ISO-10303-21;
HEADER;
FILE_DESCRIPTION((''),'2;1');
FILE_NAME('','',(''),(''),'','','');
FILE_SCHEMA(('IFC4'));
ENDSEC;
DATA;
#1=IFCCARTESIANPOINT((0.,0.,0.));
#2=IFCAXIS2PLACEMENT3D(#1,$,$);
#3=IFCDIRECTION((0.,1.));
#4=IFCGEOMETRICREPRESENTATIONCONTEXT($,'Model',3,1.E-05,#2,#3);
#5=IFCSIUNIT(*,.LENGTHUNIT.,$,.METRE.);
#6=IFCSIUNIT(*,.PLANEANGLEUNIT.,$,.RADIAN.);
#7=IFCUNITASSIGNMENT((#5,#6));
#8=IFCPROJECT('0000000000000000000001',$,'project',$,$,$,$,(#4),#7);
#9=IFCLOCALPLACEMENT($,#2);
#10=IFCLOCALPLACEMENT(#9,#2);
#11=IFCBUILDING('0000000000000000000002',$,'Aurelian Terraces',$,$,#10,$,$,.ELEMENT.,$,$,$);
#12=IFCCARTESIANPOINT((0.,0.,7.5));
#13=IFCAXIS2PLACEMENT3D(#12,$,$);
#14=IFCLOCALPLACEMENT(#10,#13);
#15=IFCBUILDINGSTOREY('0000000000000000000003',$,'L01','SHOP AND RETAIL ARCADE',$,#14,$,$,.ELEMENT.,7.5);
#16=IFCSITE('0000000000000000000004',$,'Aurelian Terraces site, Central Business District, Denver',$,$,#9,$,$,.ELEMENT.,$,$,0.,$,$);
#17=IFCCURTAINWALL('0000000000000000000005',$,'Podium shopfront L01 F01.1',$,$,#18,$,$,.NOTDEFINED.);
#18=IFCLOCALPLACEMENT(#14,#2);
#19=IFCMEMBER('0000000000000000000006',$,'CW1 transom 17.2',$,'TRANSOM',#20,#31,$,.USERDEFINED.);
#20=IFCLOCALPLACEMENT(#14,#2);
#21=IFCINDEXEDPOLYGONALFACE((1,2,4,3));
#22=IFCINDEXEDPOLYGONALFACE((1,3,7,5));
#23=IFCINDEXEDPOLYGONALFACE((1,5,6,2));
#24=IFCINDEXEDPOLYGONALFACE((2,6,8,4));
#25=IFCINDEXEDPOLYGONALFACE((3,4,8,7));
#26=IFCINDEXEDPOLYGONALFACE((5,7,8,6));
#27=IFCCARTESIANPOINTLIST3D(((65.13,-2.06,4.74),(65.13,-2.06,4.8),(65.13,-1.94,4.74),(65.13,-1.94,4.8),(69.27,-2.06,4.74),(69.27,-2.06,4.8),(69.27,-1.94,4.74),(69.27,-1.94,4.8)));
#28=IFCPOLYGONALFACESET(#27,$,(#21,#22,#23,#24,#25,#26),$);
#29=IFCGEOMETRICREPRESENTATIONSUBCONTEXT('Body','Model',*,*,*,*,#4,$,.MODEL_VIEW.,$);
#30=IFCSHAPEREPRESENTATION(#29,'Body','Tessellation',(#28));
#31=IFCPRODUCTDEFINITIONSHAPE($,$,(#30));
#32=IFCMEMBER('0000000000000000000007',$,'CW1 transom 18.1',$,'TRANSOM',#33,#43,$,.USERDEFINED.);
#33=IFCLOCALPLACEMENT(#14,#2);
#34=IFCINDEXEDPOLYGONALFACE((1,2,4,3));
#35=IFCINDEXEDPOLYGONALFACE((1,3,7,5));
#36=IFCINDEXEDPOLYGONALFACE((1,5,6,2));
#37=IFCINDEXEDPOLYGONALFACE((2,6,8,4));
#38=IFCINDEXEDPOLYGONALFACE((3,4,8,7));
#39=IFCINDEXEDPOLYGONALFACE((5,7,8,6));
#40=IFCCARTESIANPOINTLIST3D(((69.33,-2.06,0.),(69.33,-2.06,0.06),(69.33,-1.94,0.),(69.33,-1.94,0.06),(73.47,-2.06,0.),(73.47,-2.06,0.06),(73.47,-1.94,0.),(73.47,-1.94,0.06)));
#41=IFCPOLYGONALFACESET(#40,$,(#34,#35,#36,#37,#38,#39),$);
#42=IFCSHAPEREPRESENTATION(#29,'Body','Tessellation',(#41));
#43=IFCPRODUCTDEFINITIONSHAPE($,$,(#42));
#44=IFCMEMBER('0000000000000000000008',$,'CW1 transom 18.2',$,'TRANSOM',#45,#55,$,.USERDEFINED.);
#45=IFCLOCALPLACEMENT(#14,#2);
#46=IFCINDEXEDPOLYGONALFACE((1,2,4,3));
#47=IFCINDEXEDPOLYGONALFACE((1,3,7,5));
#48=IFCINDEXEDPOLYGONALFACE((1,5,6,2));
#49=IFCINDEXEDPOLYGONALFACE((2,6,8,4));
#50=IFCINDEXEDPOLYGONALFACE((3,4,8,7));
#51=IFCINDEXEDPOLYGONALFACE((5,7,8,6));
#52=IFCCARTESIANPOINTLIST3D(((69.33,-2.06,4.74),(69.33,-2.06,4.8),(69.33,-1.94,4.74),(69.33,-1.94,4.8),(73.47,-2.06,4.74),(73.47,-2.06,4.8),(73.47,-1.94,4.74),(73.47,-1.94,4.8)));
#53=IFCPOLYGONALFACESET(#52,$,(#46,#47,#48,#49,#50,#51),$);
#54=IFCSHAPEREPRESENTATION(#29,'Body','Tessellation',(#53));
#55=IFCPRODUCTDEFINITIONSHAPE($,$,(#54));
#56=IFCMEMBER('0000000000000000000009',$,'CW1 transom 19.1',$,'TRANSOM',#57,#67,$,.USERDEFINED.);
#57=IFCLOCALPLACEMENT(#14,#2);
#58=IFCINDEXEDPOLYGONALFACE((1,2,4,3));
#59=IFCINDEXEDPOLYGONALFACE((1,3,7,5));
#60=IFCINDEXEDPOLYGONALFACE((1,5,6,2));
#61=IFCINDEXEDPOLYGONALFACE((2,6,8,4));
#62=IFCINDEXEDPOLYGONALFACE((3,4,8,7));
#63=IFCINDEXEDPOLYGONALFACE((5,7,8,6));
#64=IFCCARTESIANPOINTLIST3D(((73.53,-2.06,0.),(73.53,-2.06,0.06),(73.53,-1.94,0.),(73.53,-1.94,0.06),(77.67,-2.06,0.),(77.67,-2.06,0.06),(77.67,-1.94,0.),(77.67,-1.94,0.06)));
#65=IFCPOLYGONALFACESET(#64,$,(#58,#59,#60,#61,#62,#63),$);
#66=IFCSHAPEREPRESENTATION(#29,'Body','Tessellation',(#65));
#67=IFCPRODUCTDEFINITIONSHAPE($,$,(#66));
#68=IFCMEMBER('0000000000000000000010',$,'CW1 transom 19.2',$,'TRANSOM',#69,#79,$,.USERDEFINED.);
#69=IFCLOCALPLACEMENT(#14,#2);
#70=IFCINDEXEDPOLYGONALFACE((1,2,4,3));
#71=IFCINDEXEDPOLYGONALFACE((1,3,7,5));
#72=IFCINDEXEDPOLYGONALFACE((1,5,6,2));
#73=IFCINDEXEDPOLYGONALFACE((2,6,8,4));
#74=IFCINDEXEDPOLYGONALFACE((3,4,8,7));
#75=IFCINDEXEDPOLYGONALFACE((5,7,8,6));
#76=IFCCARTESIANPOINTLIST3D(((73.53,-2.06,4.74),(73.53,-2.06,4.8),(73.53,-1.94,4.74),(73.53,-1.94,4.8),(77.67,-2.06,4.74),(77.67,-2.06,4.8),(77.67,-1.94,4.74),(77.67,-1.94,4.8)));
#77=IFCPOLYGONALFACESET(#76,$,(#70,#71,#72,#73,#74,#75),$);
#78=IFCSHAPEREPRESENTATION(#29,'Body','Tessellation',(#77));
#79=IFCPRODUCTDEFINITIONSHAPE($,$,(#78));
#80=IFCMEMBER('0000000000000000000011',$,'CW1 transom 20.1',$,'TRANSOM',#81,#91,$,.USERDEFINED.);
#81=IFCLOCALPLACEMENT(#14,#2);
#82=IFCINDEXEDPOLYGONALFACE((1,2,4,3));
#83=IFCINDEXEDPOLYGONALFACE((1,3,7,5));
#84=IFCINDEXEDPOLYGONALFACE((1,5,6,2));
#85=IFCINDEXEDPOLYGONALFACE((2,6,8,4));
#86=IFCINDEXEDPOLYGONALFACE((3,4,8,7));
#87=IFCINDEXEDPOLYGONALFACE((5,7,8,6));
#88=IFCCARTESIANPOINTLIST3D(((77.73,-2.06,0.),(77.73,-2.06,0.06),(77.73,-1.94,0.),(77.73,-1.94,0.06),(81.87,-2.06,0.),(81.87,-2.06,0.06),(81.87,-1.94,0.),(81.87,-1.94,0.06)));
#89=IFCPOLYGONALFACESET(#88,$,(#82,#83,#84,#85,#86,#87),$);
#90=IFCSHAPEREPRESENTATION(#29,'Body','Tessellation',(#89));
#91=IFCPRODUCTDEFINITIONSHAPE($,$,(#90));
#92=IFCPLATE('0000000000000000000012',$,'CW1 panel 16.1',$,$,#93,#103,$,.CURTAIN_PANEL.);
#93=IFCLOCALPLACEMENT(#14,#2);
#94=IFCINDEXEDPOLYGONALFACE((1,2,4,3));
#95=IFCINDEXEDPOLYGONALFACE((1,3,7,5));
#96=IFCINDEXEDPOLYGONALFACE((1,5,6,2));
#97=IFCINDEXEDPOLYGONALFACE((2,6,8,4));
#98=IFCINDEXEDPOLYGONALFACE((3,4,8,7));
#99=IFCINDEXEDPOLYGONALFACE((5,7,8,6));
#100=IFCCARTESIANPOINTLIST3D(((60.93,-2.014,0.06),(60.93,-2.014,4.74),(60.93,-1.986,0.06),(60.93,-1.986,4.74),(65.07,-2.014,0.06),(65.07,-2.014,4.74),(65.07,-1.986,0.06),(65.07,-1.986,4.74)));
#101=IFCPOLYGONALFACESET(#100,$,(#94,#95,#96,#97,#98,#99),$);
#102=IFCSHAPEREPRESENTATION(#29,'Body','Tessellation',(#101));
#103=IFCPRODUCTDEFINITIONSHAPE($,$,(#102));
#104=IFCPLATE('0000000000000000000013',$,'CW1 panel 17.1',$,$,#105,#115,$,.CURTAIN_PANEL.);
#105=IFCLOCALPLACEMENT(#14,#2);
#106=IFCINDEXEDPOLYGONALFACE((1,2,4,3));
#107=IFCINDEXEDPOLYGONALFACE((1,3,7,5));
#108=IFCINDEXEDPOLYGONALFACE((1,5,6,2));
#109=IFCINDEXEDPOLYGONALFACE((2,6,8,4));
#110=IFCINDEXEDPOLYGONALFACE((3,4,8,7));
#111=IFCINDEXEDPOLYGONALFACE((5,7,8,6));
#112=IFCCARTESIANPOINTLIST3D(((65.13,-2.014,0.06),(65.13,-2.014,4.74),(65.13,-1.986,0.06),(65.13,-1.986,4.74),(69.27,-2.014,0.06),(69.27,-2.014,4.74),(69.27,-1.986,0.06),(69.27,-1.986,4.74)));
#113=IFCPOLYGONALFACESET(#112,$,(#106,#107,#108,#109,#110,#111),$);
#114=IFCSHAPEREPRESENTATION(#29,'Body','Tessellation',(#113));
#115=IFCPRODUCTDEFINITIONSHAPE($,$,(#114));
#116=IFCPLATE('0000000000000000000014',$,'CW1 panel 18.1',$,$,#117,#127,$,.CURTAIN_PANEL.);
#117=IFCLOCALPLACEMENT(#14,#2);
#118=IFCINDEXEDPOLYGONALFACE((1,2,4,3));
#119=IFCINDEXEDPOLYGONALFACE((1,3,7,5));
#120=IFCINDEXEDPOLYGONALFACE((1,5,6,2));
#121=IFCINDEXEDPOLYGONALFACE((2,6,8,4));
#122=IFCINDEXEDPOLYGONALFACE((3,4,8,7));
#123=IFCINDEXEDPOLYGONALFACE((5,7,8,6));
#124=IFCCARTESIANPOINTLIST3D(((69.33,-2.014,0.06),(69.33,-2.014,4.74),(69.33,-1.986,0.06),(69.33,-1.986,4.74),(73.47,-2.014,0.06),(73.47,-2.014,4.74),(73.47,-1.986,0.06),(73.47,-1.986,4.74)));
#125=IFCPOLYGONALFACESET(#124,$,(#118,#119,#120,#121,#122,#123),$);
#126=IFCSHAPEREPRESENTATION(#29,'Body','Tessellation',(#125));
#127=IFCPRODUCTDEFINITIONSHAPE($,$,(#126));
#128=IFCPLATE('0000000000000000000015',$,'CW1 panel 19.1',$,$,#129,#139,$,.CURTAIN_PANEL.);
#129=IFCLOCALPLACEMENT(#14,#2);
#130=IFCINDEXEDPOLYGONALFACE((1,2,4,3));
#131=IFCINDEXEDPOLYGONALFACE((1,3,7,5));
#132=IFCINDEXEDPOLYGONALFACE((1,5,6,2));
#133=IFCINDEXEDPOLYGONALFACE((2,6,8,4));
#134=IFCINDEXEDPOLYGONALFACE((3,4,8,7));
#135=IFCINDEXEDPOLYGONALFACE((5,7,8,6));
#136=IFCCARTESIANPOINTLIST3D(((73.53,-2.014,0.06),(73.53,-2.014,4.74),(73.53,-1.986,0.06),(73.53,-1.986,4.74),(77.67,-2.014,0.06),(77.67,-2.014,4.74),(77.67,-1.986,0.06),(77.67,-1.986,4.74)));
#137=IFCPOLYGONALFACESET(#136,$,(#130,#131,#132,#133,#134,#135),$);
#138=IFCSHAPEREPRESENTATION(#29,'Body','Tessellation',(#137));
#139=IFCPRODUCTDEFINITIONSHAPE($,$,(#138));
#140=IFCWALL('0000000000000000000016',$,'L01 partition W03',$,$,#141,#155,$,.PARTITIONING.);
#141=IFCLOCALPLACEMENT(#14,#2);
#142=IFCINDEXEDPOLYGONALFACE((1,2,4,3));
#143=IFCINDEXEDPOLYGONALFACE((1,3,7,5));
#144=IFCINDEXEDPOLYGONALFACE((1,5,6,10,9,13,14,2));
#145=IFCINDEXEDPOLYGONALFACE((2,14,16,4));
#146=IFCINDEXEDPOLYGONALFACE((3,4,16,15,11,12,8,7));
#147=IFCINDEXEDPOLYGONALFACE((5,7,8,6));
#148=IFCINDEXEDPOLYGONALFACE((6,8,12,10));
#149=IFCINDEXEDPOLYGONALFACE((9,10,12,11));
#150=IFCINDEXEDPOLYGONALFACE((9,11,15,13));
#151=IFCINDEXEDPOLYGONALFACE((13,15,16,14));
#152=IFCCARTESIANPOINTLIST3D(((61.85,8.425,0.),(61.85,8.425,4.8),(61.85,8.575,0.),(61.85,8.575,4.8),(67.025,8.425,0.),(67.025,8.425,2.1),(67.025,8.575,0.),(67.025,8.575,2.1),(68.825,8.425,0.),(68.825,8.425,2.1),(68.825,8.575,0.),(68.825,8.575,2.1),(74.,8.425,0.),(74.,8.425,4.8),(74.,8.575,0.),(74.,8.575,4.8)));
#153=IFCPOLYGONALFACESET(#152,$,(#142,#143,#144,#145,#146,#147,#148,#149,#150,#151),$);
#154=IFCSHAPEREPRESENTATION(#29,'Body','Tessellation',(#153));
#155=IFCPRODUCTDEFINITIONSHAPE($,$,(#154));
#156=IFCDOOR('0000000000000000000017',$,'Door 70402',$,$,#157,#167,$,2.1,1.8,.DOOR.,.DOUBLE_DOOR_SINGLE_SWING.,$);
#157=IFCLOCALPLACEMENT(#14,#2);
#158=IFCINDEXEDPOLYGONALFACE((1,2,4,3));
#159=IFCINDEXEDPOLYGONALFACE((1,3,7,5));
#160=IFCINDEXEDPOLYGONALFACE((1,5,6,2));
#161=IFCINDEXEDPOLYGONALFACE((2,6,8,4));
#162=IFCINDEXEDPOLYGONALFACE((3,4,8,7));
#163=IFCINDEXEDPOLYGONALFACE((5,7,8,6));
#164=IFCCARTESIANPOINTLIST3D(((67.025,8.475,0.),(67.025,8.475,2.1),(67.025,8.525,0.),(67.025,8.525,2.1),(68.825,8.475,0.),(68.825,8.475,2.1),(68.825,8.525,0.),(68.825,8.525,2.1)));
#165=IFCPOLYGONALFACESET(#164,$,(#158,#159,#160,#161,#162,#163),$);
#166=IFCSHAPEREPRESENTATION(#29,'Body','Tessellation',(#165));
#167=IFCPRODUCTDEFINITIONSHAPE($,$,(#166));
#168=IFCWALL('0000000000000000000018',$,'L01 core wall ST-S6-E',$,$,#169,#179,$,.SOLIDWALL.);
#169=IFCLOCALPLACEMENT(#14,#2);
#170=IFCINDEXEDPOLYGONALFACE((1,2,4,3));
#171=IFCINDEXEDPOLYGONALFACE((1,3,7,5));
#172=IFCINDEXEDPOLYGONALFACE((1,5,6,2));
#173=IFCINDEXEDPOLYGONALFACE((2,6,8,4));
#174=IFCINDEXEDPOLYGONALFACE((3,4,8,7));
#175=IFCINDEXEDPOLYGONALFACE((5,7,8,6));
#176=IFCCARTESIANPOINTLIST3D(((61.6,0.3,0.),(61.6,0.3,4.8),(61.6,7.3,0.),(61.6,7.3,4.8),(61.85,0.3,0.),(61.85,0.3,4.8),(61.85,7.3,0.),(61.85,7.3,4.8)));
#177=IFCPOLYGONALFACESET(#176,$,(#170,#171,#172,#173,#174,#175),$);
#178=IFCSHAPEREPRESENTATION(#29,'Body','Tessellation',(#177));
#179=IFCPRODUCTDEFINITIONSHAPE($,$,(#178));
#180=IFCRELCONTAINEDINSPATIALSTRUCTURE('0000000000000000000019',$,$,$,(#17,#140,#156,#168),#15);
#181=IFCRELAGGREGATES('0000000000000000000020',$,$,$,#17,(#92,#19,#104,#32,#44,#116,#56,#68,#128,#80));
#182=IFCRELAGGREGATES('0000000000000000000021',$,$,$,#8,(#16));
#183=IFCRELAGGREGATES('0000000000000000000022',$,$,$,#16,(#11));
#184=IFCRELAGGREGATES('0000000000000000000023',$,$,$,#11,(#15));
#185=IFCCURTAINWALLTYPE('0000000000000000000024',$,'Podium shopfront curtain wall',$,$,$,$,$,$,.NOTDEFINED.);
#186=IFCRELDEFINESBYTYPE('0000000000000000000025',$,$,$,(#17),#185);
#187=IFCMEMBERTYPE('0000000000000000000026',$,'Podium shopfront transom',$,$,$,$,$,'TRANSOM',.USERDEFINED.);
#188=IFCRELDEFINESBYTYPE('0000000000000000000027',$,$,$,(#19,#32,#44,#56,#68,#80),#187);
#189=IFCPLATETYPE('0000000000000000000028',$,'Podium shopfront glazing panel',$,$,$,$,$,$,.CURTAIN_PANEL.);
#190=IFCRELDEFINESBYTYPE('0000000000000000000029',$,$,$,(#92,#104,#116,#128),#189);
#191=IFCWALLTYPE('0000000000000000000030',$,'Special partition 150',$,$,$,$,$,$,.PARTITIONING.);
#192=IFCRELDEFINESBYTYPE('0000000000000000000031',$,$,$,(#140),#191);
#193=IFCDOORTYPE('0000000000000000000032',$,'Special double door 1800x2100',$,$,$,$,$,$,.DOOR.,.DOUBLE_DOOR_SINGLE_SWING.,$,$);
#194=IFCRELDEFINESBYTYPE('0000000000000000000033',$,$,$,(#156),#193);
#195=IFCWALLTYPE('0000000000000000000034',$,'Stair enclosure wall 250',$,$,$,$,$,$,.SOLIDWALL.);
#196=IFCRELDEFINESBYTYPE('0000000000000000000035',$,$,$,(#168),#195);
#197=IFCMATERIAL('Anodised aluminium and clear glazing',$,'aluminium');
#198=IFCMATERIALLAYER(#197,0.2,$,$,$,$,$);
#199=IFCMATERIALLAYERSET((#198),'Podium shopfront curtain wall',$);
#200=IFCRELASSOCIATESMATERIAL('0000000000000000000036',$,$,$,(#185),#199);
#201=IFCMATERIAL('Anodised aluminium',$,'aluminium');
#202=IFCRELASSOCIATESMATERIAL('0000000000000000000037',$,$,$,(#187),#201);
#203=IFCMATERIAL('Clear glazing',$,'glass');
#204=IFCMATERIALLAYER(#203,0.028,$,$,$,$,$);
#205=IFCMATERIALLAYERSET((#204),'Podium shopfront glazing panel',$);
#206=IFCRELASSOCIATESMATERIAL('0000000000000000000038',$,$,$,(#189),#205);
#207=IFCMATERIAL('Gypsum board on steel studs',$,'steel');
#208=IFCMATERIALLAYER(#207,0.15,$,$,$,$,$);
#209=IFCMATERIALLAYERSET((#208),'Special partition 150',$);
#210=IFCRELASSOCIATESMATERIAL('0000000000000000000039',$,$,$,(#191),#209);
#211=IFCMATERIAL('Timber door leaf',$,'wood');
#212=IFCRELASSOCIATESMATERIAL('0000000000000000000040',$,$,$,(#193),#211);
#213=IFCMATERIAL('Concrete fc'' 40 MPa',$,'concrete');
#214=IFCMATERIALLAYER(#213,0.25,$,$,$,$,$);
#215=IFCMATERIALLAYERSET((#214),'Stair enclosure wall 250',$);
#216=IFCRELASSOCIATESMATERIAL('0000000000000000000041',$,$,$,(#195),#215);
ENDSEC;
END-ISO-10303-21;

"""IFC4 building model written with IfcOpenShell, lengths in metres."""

from ifc_helpers import new_model, si_unit, direction, frame, frame_2d, origin, origin_2d, place, context, subcontext, project, spatial, rectangle, extrude, source, transform, mapped, material, layer, layer_set, material_profile, profile_set, type_object, element, fill, aggregate, save


model = new_model("IFC4")

# Units and contexts
model_context = context("Model", 3, precision=1e-05, world=origin(), true_north=direction((0.0, 1.0)))
body_context = subcontext(model_context, "Body", "Model", "MODEL_VIEW")
ifc_project = project(units=[si_unit("LENGTHUNIT", "METRE"), si_unit("PLANEANGLEUNIT", "RADIAN")], contexts=[model_context])

# Site, building, storey
site_placement = place(None, origin())
site = spatial("IfcSite", under=ifc_project, at=site_placement, Name="Aurelian Terraces site, Central Business District, Denver", CompositionType="ELEMENT", RefElevation=0.0)
building_placement = place(site_placement, origin())
building = spatial("IfcBuilding", under=site, at=building_placement, Name="Aurelian Terraces", CompositionType="ELEMENT")
storey_placement = place(building_placement, frame((0.0, 0.0, 7.5)))
storey = spatial("IfcBuildingStorey", under=building, at=storey_placement, Name="L01", Description="SHOP AND RETAIL ARCADE", CompositionType="ELEMENT", Elevation=7.5)

# Curtain wall, members, plates
ifc_material_1 = material(Name="Anodised aluminium and clear glazing", Category="aluminium")
ifc_layer_1 = layer(ifc_material_1, 0.2)
ifc_layer_set_1 = layer_set([ifc_layer_1], Name="Podium shopfront curtain wall")
curtain_wall_type = type_object("IfcCurtainWallType", Name="Podium shopfront curtain wall", PredefinedType="NOTDEFINED", material=ifc_layer_set_1)
curtain_wall_placement = place(storey_placement, origin())
curtain_wall = element("IfcCurtainWall", 1, at=curtain_wall_placement, inside=storey, type_object=curtain_wall_type, Name="Podium shopfront L01 F01.1", PredefinedType="NOTDEFINED")
ifc_material_2 = material(Name="Anodised aluminium", Category="aluminium")
ifc_material_profile_1 = material_profile(ifc_material_2, rectangle(XDim=0.12, YDim=0.06, at=origin_2d()))
ifc_profile_set_1 = profile_set([ifc_material_profile_1], Name="Anodised aluminium")
member_type_1 = type_object("IfcMemberType", Name="Podium shopfront transom", ElementType="TRANSOM", PredefinedType="USERDEFINED", material=ifc_profile_set_1)
shared_shape_1 = source(origin(), body_context, "Body", "SweptSolid", [
    extrude(rectangle(XDim=0.12, YDim=0.06, at=origin_2d()), origin(), (0.0, 0.0, 1.0), 4.14),
])
member_1_placement = place(storey_placement, frame((65.13, -2.0, 4.77), z_axis=(1.0, 0.0, 0.0), x_axis=(0.0, 1.0, 0.0)))
member_1 = element("IfcMember", 2, at=member_1_placement, type_object=member_type_1, Name="CW1 transom 17.2", ObjectType="TRANSOM", PredefinedType="USERDEFINED", context=body_context, shape_type="MappedRepresentation", body=[
    mapped(shared_shape_1, transform((0.0, 0.0, 0.0), scale=1.0)),
])
member_2_placement = place(storey_placement, frame((69.33, -2.0, 0.03), z_axis=(1.0, 0.0, 0.0), x_axis=(0.0, 1.0, 0.0)))
member_2 = element("IfcMember", 3, at=member_2_placement, type_object=member_type_1, Name="CW1 transom 18.1", ObjectType="TRANSOM", PredefinedType="USERDEFINED", context=body_context, shape_type="MappedRepresentation", body=[
    mapped(shared_shape_1, transform((0.0, 0.0, 0.0), scale=1.0)),
])
member_3_placement = place(storey_placement, frame((69.33, -2.0, 4.77), z_axis=(1.0, 0.0, 0.0), x_axis=(0.0, 1.0, 0.0)))
member_3 = element("IfcMember", 4, at=member_3_placement, type_object=member_type_1, Name="CW1 transom 18.2", ObjectType="TRANSOM", PredefinedType="USERDEFINED", context=body_context, shape_type="MappedRepresentation", body=[
    mapped(shared_shape_1, transform((0.0, 0.0, 0.0), scale=1.0)),
])
member_4_placement = place(storey_placement, frame((73.53, -2.0, 0.03), z_axis=(1.0, 0.0, 0.0), x_axis=(0.0, 1.0, 0.0)))
member_4 = element("IfcMember", 5, at=member_4_placement, type_object=member_type_1, Name="CW1 transom 19.1", ObjectType="TRANSOM", PredefinedType="USERDEFINED", context=body_context, shape_type="MappedRepresentation", body=[
    mapped(shared_shape_1, transform((0.0, 0.0, 0.0), scale=1.0)),
])
member_5_placement = place(storey_placement, frame((73.53, -2.0, 4.77), z_axis=(1.0, 0.0, 0.0), x_axis=(0.0, 1.0, 0.0)))
member_5 = element("IfcMember", 6, at=member_5_placement, type_object=member_type_1, Name="CW1 transom 19.2", ObjectType="TRANSOM", PredefinedType="USERDEFINED", context=body_context, shape_type="MappedRepresentation", body=[
    mapped(shared_shape_1, transform((0.0, 0.0, 0.0), scale=1.0)),
])
member_6_placement = place(storey_placement, frame((77.73, -2.0, 0.03), z_axis=(1.0, 0.0, 0.0), x_axis=(0.0, 1.0, 0.0)))
member_6 = element("IfcMember", 7, at=member_6_placement, type_object=member_type_1, Name="CW1 transom 20.1", ObjectType="TRANSOM", PredefinedType="USERDEFINED", context=body_context, shape_type="MappedRepresentation", body=[
    mapped(shared_shape_1, transform((0.0, 0.0, 0.0), scale=1.0)),
])
ifc_material_3 = material(Name="Clear glazing", Category="glass")
ifc_layer_2 = layer(ifc_material_3, 0.028)
ifc_layer_set_2 = layer_set([ifc_layer_2], Name="Podium shopfront glazing panel")
plate_type = type_object("IfcPlateType", Name="Podium shopfront glazing panel", PredefinedType="CURTAIN_PANEL", material=ifc_layer_set_2)
shared_shape_2 = source(origin(), body_context, "Body", "SweptSolid", [
    extrude(rectangle(XDim=4.14, YDim=0.028, at=origin_2d()), origin(), (0.0, 0.0, 1.0), 4.68),
])
plate_1_placement = place(storey_placement, frame((63.0, -2.0, 0.06), z_axis=(0.0, 0.0, 1.0), x_axis=(1.0, 0.0, 0.0)))
plate_1 = element("IfcPlate", 8, at=plate_1_placement, type_object=plate_type, Name="CW1 panel 16.1", PredefinedType="CURTAIN_PANEL", context=body_context, shape_type="MappedRepresentation", body=[
    mapped(shared_shape_2, transform((0.0, 0.0, 0.0), scale=1.0)),
])
plate_2_placement = place(storey_placement, frame((67.2, -2.0, 0.06), z_axis=(0.0, 0.0, 1.0), x_axis=(1.0, 0.0, 0.0)))
plate_2 = element("IfcPlate", 9, at=plate_2_placement, type_object=plate_type, Name="CW1 panel 17.1", PredefinedType="CURTAIN_PANEL", context=body_context, shape_type="MappedRepresentation", body=[
    mapped(shared_shape_2, transform((0.0, 0.0, 0.0), scale=1.0)),
])
plate_3_placement = place(storey_placement, frame((71.4, -2.0, 0.06), z_axis=(0.0, 0.0, 1.0), x_axis=(1.0, 0.0, 0.0)))
plate_3 = element("IfcPlate", 10, at=plate_3_placement, type_object=plate_type, Name="CW1 panel 18.1", PredefinedType="CURTAIN_PANEL", context=body_context, shape_type="MappedRepresentation", body=[
    mapped(shared_shape_2, transform((0.0, 0.0, 0.0), scale=1.0)),
])
plate_4_placement = place(storey_placement, frame((75.6, -2.0, 0.06), z_axis=(0.0, 0.0, 1.0), x_axis=(1.0, 0.0, 0.0)))
plate_4 = element("IfcPlate", 11, at=plate_4_placement, type_object=plate_type, Name="CW1 panel 19.1", PredefinedType="CURTAIN_PANEL", context=body_context, shape_type="MappedRepresentation", body=[
    mapped(shared_shape_2, transform((0.0, 0.0, 0.0), scale=1.0)),
])
aggregate(curtain_wall, [plate_1, member_1, plate_2, member_2, member_3, plate_3, member_4, member_5, plate_4, member_6])

# Wall, opening, door
ifc_material_4 = material(Name="Gypsum board on steel studs", Category="steel")
ifc_layer_3 = layer(ifc_material_4, 0.15)
ifc_layer_set_3 = layer_set([ifc_layer_3], Name="Special partition 150")
wall_type_1 = type_object("IfcWallType", Name="Special partition 150", PredefinedType="PARTITIONING", material=ifc_layer_set_3)
wall_1_placement = place(storey_placement, frame((61.85, 8.5, 0.0), z_axis=(0.0, 0.0, 1.0), x_axis=(1.0, 0.0, 0.0)))
wall_1 = element("IfcWall", 12, at=wall_1_placement, inside=storey, type_object=wall_type_1, Name="L01 partition W03", PredefinedType="PARTITIONING", context=body_context, shape_type="SweptSolid", body=[
    extrude(rectangle(XDim=12.15, YDim=0.15, at=frame_2d((6.075, 0.0))), origin(), (0.0, 0.0, 1.0), 4.8),
])
shared_shape_3 = source(origin(), body_context, "Body", "SweptSolid", [
    extrude(rectangle(XDim=1.8, YDim=2.1, at=frame_2d((0.9, 1.05))), frame((0.0, 0.085, 0.0), z_axis=(0.0, -1.0, 0.0), x_axis=(1.0, 0.0, 0.0)), (0.0, 0.0, 1.0), 0.17),
])
opening_1_placement = place(wall_1_placement, frame((5.175, 0.0, 0.0)))
opening_1 = element("IfcOpeningElement", 13, at=opening_1_placement, cuts=wall_1, PredefinedType="OPENING", context=body_context, shape_type="MappedRepresentation", body=[
    mapped(shared_shape_3, transform((0.0, 0.0, 0.0), scale=1.0)),
])
ifc_material_5 = material(Name="Timber door leaf", Category="wood")
door_type = type_object("IfcDoorType", Name="Special double door 1800x2100", OperationType="DOUBLE_DOOR_SINGLE_SWING", PredefinedType="DOOR", material=ifc_material_5)
shared_shape_4 = source(origin(), body_context, "Body", "SweptSolid", [
    extrude(rectangle(XDim=1.8, YDim=2.1, at=frame_2d((0.9, 1.05))), frame((0.0, 0.025, 0.0), z_axis=(0.0, -1.0, 0.0), x_axis=(1.0, 0.0, 0.0)), (0.0, 0.0, 1.0), 0.05),
])
door_1_placement = place(opening_1_placement, origin())
door_1 = element("IfcDoor", 14, at=door_1_placement, inside=storey, type_object=door_type, Name="Door 70402", OperationType="DOUBLE_DOOR_SINGLE_SWING", OverallHeight=2.1, OverallWidth=1.8, PredefinedType="DOOR", context=body_context, shape_type="MappedRepresentation", body=[
    mapped(shared_shape_4, transform((0.0, 0.0, 0.0), scale=1.0)),
])
fill(opening_1, door_1)

# Wall
ifc_material_6 = material(Name="Concrete fc' 40 MPa", Category="concrete")
ifc_layer_4 = layer(ifc_material_6, 0.25)
ifc_layer_set_4 = layer_set([ifc_layer_4], Name="Stair enclosure wall 250")
wall_type_2 = type_object("IfcWallType", Name="Stair enclosure wall 250", PredefinedType="SOLIDWALL", material=ifc_layer_set_4)
shared_shape_5 = source(origin(), body_context, "Body", "SweptSolid", [
    extrude(rectangle(XDim=7.0, YDim=0.25, at=frame_2d((3.5, 0.0))), origin(), (0.0, 0.0, 1.0), 4.8),
])
wall_2_placement = place(storey_placement, frame((61.725, 0.3, 0.0), z_axis=(0.0, 0.0, 1.0), x_axis=(0.0, 1.0, 0.0)))
element("IfcWall", 15, at=wall_2_placement, inside=storey, type_object=wall_type_2, Name="L01 core wall ST-S6-E", PredefinedType="SOLIDWALL", context=body_context, shape_type="MappedRepresentation", body=[
    mapped(shared_shape_5, transform((0.0, 0.0, 0.0), scale=1.0)),
])

save(model, "model.ifc")
